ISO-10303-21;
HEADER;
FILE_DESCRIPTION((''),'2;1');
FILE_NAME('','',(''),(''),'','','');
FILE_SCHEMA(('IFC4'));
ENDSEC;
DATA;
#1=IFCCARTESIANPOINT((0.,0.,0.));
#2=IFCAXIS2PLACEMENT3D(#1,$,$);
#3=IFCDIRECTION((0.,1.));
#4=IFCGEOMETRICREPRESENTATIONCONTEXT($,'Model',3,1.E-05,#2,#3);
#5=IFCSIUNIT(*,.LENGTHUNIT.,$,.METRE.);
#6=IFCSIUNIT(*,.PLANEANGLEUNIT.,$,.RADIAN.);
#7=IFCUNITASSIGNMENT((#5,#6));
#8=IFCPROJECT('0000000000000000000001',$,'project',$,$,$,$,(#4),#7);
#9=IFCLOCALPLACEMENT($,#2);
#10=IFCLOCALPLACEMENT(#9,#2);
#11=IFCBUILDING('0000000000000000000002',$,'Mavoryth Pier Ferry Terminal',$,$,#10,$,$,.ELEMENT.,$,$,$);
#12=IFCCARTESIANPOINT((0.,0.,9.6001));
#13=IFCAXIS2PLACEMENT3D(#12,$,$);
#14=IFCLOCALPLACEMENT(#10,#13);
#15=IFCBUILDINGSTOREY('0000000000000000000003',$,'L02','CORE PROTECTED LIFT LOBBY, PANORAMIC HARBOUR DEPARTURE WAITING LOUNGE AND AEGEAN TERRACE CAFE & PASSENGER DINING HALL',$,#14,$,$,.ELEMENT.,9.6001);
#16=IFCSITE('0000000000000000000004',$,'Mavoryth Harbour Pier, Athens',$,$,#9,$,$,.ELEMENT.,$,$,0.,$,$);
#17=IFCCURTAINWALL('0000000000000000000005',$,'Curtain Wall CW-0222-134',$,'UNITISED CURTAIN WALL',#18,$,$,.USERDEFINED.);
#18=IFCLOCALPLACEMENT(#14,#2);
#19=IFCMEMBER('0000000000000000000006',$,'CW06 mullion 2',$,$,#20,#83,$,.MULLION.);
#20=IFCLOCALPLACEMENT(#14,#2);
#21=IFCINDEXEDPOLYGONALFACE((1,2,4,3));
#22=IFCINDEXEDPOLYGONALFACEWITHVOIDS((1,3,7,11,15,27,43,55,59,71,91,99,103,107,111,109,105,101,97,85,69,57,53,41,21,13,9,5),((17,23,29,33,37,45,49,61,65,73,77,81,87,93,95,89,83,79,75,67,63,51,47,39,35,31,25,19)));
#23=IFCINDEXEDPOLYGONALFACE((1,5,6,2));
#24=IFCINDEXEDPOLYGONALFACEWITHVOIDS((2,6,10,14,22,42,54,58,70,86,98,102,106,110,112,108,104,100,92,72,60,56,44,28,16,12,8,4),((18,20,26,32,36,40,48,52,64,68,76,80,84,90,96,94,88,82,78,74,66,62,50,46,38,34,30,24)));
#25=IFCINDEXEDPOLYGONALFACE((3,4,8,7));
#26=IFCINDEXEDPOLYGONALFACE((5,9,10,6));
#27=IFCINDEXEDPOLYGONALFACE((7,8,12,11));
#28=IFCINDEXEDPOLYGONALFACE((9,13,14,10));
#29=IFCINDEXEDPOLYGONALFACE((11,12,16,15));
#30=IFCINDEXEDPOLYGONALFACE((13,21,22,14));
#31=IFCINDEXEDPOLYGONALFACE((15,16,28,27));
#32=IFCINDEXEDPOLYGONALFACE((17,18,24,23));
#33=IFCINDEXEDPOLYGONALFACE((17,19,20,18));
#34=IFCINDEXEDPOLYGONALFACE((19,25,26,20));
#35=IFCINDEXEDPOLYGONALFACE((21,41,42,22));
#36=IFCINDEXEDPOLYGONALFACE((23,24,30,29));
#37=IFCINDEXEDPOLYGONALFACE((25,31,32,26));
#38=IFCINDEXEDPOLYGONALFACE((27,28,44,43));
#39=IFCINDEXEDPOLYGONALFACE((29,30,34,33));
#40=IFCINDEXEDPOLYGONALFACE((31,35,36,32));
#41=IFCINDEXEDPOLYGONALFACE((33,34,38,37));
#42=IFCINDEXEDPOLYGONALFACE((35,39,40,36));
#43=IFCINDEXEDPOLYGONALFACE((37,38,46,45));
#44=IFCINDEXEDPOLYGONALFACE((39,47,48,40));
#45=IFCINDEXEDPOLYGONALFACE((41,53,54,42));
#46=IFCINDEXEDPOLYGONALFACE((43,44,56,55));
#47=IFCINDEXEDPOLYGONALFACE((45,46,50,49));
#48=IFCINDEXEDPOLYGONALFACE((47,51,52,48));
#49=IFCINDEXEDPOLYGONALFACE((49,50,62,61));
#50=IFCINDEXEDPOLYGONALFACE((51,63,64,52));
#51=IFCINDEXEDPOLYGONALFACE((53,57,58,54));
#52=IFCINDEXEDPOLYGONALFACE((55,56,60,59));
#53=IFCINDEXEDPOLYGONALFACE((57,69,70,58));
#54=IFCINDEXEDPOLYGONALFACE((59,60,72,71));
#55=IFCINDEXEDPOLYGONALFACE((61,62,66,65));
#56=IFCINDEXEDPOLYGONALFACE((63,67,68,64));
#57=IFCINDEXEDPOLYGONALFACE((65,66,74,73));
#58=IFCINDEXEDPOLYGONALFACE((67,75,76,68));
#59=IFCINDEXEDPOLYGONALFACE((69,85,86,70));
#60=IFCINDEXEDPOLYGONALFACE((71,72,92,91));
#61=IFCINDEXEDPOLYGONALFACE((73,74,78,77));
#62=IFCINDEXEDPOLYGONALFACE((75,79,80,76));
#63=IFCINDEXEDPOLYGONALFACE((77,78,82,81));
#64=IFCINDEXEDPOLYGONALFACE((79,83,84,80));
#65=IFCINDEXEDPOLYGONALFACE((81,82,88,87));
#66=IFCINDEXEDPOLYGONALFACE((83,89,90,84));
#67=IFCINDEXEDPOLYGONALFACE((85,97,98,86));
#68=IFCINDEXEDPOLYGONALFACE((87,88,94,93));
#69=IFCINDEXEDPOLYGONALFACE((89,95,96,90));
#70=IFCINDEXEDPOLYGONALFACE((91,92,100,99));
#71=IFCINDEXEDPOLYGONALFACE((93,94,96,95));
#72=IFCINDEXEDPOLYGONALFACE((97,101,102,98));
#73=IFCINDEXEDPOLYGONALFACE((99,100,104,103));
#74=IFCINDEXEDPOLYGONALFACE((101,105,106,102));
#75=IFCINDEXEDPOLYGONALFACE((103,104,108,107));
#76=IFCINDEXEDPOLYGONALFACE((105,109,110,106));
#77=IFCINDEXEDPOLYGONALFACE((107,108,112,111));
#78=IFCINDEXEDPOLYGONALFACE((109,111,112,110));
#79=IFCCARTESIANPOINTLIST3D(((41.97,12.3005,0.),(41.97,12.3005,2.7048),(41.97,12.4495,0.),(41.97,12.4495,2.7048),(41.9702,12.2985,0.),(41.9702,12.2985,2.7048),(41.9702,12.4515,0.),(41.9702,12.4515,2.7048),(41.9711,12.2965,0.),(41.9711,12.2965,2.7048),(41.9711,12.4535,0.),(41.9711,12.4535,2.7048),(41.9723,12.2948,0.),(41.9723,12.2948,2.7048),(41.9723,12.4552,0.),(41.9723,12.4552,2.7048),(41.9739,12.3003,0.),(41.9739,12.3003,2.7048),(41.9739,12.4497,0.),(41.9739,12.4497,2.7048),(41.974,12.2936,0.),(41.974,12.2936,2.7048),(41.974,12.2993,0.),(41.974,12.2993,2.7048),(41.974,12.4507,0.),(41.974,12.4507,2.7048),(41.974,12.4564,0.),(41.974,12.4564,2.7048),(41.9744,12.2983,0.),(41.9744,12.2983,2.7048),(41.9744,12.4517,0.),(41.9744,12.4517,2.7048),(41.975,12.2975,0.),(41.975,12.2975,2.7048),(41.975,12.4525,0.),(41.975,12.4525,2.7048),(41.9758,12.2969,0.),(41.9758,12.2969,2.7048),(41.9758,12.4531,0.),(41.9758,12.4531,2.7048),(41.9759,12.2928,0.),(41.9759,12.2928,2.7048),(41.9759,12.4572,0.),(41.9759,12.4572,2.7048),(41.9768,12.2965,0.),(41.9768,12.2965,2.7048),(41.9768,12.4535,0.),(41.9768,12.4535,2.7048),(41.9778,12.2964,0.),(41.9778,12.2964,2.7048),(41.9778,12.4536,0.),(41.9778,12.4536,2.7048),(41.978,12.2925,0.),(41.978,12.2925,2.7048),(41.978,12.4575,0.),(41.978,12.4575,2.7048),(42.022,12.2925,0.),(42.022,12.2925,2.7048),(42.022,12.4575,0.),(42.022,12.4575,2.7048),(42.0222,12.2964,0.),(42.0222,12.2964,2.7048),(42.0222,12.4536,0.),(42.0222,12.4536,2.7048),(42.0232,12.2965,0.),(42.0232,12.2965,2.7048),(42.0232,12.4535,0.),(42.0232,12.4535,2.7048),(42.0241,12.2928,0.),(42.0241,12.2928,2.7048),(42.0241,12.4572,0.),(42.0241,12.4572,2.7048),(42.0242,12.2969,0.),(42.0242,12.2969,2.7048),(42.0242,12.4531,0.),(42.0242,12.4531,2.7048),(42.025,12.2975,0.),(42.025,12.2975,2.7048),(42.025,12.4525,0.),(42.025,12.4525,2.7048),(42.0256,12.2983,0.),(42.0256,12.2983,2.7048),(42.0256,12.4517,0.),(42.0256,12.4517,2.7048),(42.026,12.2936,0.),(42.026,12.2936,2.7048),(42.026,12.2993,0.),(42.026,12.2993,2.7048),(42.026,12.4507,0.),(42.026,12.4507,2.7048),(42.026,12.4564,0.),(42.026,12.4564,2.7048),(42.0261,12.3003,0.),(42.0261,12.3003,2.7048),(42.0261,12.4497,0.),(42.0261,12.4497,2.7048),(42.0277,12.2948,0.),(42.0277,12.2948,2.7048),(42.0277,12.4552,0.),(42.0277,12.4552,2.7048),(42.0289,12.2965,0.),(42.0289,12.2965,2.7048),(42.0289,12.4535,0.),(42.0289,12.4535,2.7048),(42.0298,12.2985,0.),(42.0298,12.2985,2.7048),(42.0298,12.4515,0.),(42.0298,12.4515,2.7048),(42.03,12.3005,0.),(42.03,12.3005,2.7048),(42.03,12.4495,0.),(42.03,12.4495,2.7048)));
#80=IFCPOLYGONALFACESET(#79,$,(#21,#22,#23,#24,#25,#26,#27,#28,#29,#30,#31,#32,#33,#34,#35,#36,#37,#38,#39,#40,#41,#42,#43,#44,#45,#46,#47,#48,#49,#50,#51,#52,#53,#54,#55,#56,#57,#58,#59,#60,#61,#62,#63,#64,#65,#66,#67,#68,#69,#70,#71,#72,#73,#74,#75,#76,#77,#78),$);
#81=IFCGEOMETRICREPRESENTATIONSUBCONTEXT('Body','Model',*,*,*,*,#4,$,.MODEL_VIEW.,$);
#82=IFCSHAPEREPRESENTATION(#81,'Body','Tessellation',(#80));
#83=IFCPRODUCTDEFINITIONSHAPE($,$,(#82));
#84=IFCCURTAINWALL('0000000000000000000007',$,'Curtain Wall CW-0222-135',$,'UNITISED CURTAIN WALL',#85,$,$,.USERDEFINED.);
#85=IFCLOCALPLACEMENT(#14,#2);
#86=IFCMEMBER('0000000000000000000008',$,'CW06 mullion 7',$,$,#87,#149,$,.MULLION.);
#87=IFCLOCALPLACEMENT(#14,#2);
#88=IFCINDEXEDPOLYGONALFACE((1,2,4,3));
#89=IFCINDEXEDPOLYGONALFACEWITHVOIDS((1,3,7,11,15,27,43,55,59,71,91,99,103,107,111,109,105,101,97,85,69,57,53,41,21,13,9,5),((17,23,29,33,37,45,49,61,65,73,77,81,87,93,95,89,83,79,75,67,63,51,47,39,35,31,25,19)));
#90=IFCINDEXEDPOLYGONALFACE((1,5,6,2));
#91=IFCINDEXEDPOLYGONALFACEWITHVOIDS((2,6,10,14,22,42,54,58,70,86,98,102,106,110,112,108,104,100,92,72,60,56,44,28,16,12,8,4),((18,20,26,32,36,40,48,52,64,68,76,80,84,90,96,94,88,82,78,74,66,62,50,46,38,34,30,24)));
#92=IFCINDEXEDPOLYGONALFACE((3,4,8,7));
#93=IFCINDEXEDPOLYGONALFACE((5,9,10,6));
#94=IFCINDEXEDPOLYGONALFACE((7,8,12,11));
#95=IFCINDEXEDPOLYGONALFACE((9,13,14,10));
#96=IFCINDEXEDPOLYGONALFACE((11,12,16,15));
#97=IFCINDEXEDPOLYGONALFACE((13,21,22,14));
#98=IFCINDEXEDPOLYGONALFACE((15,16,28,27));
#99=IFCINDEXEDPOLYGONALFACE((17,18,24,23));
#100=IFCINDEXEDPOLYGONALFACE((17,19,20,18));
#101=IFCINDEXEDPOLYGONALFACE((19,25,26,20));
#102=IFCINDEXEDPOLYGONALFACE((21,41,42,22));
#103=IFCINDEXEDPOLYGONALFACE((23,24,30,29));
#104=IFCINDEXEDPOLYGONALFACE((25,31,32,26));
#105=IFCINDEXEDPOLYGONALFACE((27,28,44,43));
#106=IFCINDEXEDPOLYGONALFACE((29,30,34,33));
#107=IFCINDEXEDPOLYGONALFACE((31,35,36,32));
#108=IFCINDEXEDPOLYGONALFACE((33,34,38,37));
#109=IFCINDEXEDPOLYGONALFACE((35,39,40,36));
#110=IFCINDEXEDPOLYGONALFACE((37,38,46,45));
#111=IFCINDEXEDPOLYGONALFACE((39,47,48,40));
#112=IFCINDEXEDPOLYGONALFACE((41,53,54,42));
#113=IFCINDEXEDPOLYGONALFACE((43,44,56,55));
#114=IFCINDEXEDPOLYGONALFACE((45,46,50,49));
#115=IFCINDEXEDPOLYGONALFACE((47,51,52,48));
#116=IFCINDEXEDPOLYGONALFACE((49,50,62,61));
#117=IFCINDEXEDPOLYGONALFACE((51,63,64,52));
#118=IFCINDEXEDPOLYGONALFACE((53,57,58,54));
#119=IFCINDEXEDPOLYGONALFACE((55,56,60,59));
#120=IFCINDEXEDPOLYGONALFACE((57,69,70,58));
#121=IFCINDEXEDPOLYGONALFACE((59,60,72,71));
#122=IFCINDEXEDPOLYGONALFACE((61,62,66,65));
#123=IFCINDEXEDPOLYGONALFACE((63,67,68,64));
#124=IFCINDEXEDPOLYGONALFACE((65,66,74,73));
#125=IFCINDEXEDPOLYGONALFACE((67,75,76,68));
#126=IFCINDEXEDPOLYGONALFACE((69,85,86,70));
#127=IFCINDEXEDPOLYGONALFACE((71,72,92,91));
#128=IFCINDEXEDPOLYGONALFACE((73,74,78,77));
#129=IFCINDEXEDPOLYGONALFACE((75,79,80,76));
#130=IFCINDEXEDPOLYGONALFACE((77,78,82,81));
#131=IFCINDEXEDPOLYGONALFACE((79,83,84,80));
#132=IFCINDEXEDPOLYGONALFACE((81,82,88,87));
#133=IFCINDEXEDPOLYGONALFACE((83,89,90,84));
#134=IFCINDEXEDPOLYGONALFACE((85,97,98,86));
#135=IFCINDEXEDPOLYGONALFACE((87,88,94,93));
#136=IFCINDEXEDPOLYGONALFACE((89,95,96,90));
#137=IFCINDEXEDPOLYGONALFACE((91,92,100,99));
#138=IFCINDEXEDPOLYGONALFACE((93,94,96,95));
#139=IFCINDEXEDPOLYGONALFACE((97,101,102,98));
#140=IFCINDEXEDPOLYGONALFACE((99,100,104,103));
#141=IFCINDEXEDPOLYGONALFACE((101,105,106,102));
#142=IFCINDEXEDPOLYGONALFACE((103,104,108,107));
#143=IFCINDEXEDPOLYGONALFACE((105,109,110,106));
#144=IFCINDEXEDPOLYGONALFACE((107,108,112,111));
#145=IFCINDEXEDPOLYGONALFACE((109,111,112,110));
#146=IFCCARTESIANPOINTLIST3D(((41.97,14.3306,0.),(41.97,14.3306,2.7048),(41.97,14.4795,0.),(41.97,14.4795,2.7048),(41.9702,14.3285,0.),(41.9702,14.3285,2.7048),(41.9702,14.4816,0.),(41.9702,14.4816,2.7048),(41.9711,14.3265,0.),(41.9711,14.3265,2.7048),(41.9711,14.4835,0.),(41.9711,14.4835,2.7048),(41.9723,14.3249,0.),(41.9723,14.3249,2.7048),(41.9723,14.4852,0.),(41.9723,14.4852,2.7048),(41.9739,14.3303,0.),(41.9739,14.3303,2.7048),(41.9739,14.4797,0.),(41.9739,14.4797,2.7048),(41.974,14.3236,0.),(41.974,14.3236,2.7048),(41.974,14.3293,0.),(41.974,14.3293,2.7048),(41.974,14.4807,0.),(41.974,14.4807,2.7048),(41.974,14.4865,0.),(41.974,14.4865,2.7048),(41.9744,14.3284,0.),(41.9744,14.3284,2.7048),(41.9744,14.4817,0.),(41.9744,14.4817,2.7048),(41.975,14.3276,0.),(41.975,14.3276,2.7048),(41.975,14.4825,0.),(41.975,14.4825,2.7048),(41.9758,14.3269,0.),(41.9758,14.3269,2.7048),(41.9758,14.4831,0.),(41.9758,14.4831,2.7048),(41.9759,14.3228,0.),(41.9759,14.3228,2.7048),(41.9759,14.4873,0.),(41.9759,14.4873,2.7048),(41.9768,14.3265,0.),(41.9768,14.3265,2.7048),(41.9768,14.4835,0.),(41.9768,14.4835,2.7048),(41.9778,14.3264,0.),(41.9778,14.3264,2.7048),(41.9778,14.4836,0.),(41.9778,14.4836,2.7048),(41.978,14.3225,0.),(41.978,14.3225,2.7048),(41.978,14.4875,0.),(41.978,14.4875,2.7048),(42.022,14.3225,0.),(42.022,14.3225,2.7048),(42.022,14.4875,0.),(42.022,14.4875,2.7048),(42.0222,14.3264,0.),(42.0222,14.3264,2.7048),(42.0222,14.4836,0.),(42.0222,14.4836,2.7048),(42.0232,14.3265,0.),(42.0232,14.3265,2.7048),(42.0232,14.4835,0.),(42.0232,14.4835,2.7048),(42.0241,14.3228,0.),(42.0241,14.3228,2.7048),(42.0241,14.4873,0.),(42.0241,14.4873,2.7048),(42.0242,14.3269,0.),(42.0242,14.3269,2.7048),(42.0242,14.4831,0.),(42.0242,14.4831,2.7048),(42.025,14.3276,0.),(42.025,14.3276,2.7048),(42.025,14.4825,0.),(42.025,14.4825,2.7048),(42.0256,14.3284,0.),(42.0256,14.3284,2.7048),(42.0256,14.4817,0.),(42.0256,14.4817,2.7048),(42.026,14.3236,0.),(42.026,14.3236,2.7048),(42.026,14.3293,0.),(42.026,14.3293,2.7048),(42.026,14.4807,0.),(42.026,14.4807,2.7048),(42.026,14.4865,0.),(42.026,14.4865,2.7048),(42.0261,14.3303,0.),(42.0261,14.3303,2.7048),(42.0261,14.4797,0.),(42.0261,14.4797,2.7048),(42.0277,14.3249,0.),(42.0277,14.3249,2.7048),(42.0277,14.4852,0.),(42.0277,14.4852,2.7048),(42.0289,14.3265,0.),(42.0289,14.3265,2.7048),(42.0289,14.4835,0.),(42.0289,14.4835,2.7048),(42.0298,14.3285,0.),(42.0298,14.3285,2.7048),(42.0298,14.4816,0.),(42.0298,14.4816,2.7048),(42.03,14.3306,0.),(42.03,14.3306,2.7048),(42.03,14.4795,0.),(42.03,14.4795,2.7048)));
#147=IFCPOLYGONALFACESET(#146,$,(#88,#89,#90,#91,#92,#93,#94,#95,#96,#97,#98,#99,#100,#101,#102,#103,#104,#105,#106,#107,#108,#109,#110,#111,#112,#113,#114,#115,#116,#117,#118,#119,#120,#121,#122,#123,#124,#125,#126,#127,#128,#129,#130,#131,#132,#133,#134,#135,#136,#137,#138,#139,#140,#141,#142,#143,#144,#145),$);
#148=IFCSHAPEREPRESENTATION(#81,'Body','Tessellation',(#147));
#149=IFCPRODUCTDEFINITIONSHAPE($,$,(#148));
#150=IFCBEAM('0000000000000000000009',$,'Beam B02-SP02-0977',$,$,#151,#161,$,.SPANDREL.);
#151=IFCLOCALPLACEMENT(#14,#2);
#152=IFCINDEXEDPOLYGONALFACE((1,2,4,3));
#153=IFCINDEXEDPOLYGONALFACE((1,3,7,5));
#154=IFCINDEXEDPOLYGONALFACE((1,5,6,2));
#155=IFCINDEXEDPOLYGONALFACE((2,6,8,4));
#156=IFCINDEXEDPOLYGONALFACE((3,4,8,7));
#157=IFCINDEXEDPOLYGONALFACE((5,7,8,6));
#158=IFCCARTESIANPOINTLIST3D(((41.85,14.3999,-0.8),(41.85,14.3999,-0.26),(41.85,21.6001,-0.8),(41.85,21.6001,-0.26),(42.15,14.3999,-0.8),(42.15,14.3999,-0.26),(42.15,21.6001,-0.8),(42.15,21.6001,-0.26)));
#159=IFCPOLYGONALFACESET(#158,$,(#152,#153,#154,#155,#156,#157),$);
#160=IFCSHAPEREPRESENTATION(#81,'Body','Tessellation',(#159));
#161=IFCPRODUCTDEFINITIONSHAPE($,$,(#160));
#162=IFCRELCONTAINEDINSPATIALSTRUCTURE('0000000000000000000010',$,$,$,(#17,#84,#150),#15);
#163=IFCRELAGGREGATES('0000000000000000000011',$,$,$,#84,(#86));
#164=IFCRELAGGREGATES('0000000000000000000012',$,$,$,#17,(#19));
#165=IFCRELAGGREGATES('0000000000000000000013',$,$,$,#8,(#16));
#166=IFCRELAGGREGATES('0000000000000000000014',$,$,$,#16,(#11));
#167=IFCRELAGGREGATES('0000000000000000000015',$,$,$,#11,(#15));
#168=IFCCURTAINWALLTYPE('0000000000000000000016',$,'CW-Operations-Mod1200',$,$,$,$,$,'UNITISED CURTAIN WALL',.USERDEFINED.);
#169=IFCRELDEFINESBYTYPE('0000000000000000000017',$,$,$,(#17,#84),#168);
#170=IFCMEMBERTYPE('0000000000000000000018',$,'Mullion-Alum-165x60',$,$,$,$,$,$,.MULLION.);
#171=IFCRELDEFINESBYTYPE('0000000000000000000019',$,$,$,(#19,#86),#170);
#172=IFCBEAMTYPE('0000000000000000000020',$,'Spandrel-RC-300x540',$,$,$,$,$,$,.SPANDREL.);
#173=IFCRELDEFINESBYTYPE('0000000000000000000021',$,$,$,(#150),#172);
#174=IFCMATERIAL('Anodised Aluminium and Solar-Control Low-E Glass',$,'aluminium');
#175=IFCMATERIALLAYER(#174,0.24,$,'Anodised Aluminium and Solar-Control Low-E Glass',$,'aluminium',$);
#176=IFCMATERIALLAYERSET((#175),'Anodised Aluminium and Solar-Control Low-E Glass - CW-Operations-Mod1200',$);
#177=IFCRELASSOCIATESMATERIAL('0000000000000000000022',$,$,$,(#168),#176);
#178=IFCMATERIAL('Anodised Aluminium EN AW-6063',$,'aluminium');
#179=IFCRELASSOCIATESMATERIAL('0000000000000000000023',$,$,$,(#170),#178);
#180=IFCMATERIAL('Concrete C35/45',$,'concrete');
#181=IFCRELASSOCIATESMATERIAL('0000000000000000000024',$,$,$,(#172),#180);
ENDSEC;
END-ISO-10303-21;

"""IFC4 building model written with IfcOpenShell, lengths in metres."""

from ifc_helpers import new_model, si_unit, direction, frame, origin, origin_2d, place, context, subcontext, project, spatial, rectangle, hollow_rectangle, extrude, material, layer, layer_set, material_profile, profile_set, type_object, element, aggregate, save


model = new_model("IFC4")

# Units and contexts
model_context = context("Model", 3, precision=1e-05, world=origin(), true_north=direction((0.0, 1.0)))
body_context = subcontext(model_context, "Body", "Model", "MODEL_VIEW")
ifc_project = project(units=[si_unit("LENGTHUNIT", "METRE"), si_unit("PLANEANGLEUNIT", "RADIAN")], contexts=[model_context])

# Site, building, storey
site_placement = place(None, origin())
site = spatial("IfcSite", under=ifc_project, at=site_placement, Name="Mavoryth Harbour Pier, Athens", CompositionType="ELEMENT", RefElevation=0.0)
building_placement = place(site_placement, origin())
building = spatial("IfcBuilding", under=site, at=building_placement, Name="Mavoryth Pier Ferry Terminal", CompositionType="ELEMENT")
storey_placement = place(building_placement, frame((0.0, 0.0, 9.6001)))
storey = spatial("IfcBuildingStorey", under=building, at=storey_placement, Name="L02", Description="CORE PROTECTED LIFT LOBBY, PANORAMIC HARBOUR DEPARTURE WAITING LOUNGE AND AEGEAN TERRACE CAFE & PASSENGER DINING HALL", CompositionType="ELEMENT", Elevation=9.6001)

# Shared definitions
ifc_material_1 = material(Name="Concrete C35/45", Category="concrete")

# Curtain wall, member
ifc_material_2 = material(Name="Anodised Aluminium and Solar-Control Low-E Glass", Category="aluminium")
ifc_layer_1 = layer(ifc_material_2, 0.24, Name="Anodised Aluminium and Solar-Control Low-E Glass", Category="aluminium")
ifc_layer_set_1 = layer_set([ifc_layer_1], Name="Anodised Aluminium and Solar-Control Low-E Glass - CW-Operations-Mod1200")
curtain_wall_type = type_object("IfcCurtainWallType", Name="CW-Operations-Mod1200", ElementType="UNITISED CURTAIN WALL", PredefinedType="USERDEFINED", material=ifc_layer_set_1)
curtain_wall_1_placement = place(storey_placement, origin())
curtain_wall_1 = element("IfcCurtainWall", 1, at=curtain_wall_1_placement, inside=storey, type_object=curtain_wall_type, Name="Curtain Wall CW-0222-134", ObjectType="UNITISED CURTAIN WALL", PredefinedType="USERDEFINED")
ifc_material_3 = material(Name="Anodised Aluminium EN AW-6063", Category="aluminium")
ifc_material_profile_1 = material_profile(ifc_material_3, hollow_rectangle(XDim=0.0601, YDim=0.165, WallThickness=0.0039, InnerFilletRadius=0.0039, OuterFilletRadius=0.0081, at=origin_2d()), Name="AL-MULL 165x60x4", Category="aluminium")
ifc_profile_set_1 = profile_set([ifc_material_profile_1], Name="Anodised Aluminium EN AW-6063 - AL-MULL 165x60x4")
member_type_1 = type_object("IfcMemberType", Name="Mullion-Alum-165x60", PredefinedType="MULLION", material=ifc_profile_set_1)
member_1_placement = place(storey_placement, frame((42.0, 12.375, 0.0), z_axis=(0.0, 0.0, 1.0), x_axis=(1.0, 0.0, 0.0)))
member_1 = element("IfcMember", 2, at=member_1_placement, type_object=member_type_1, Name="CW06 mullion 2", PredefinedType="MULLION", context=body_context, shape_type="SweptSolid", body=[
    extrude(hollow_rectangle(XDim=0.0601, YDim=0.165, WallThickness=0.0039, InnerFilletRadius=0.0039, OuterFilletRadius=0.0081, at=origin_2d()), origin(), (0.0, 0.0, 1.0), 2.7048),
])

# Curtain wall, member
curtain_wall_2_placement = place(storey_placement, origin())
curtain_wall_2 = element("IfcCurtainWall", 3, at=curtain_wall_2_placement, inside=storey, type_object=curtain_wall_type, Name="Curtain Wall CW-0222-135", ObjectType="UNITISED CURTAIN WALL", PredefinedType="USERDEFINED")
member_2_placement = place(storey_placement, frame((42.0, 14.405, 0.0), z_axis=(0.0, 0.0, 1.0), x_axis=(1.0, 0.0, 0.0)))
member_2 = element("IfcMember", 4, at=member_2_placement, type_object=member_type_1, Name="CW06 mullion 7", PredefinedType="MULLION", context=body_context, shape_type="SweptSolid", body=[
    extrude(hollow_rectangle(XDim=0.0601, YDim=0.165, WallThickness=0.0039, InnerFilletRadius=0.0039, OuterFilletRadius=0.0081, at=origin_2d()), origin(), (0.0, 0.0, 1.0), 2.7048),
])
aggregate(curtain_wall_2, [member_2])

# Beam
ifc_material_profile_2 = material_profile(ifc_material_1, rectangle(XDim=0.3, YDim=0.54, at=origin_2d()), Name="RC 300x540", Category="concrete")
ifc_profile_set_2 = profile_set([ifc_material_profile_2], Name="Concrete C35/45 - RC 300x540")
beam_type_1 = type_object("IfcBeamType", Name="Spandrel-RC-300x540", PredefinedType="SPANDREL", material=ifc_profile_set_2)
beam_1_placement = place(storey_placement, frame((42.0, 14.3999, -0.53), z_axis=(0.0, 1.0, 0.0), x_axis=(-1.0, 0.0, 0.0)))
element("IfcBeam", 5, at=beam_1_placement, inside=storey, type_object=beam_type_1, Name="Beam B02-SP02-0977", PredefinedType="SPANDREL", context=body_context, shape_type="SweptSolid", body=[
    extrude(rectangle(XDim=0.3, YDim=0.54, at=origin_2d()), origin(), (0.0, 0.0, 1.0), 7.2002),
])

aggregate(curtain_wall_1, [member_1])

save(model, "model.ifc")
